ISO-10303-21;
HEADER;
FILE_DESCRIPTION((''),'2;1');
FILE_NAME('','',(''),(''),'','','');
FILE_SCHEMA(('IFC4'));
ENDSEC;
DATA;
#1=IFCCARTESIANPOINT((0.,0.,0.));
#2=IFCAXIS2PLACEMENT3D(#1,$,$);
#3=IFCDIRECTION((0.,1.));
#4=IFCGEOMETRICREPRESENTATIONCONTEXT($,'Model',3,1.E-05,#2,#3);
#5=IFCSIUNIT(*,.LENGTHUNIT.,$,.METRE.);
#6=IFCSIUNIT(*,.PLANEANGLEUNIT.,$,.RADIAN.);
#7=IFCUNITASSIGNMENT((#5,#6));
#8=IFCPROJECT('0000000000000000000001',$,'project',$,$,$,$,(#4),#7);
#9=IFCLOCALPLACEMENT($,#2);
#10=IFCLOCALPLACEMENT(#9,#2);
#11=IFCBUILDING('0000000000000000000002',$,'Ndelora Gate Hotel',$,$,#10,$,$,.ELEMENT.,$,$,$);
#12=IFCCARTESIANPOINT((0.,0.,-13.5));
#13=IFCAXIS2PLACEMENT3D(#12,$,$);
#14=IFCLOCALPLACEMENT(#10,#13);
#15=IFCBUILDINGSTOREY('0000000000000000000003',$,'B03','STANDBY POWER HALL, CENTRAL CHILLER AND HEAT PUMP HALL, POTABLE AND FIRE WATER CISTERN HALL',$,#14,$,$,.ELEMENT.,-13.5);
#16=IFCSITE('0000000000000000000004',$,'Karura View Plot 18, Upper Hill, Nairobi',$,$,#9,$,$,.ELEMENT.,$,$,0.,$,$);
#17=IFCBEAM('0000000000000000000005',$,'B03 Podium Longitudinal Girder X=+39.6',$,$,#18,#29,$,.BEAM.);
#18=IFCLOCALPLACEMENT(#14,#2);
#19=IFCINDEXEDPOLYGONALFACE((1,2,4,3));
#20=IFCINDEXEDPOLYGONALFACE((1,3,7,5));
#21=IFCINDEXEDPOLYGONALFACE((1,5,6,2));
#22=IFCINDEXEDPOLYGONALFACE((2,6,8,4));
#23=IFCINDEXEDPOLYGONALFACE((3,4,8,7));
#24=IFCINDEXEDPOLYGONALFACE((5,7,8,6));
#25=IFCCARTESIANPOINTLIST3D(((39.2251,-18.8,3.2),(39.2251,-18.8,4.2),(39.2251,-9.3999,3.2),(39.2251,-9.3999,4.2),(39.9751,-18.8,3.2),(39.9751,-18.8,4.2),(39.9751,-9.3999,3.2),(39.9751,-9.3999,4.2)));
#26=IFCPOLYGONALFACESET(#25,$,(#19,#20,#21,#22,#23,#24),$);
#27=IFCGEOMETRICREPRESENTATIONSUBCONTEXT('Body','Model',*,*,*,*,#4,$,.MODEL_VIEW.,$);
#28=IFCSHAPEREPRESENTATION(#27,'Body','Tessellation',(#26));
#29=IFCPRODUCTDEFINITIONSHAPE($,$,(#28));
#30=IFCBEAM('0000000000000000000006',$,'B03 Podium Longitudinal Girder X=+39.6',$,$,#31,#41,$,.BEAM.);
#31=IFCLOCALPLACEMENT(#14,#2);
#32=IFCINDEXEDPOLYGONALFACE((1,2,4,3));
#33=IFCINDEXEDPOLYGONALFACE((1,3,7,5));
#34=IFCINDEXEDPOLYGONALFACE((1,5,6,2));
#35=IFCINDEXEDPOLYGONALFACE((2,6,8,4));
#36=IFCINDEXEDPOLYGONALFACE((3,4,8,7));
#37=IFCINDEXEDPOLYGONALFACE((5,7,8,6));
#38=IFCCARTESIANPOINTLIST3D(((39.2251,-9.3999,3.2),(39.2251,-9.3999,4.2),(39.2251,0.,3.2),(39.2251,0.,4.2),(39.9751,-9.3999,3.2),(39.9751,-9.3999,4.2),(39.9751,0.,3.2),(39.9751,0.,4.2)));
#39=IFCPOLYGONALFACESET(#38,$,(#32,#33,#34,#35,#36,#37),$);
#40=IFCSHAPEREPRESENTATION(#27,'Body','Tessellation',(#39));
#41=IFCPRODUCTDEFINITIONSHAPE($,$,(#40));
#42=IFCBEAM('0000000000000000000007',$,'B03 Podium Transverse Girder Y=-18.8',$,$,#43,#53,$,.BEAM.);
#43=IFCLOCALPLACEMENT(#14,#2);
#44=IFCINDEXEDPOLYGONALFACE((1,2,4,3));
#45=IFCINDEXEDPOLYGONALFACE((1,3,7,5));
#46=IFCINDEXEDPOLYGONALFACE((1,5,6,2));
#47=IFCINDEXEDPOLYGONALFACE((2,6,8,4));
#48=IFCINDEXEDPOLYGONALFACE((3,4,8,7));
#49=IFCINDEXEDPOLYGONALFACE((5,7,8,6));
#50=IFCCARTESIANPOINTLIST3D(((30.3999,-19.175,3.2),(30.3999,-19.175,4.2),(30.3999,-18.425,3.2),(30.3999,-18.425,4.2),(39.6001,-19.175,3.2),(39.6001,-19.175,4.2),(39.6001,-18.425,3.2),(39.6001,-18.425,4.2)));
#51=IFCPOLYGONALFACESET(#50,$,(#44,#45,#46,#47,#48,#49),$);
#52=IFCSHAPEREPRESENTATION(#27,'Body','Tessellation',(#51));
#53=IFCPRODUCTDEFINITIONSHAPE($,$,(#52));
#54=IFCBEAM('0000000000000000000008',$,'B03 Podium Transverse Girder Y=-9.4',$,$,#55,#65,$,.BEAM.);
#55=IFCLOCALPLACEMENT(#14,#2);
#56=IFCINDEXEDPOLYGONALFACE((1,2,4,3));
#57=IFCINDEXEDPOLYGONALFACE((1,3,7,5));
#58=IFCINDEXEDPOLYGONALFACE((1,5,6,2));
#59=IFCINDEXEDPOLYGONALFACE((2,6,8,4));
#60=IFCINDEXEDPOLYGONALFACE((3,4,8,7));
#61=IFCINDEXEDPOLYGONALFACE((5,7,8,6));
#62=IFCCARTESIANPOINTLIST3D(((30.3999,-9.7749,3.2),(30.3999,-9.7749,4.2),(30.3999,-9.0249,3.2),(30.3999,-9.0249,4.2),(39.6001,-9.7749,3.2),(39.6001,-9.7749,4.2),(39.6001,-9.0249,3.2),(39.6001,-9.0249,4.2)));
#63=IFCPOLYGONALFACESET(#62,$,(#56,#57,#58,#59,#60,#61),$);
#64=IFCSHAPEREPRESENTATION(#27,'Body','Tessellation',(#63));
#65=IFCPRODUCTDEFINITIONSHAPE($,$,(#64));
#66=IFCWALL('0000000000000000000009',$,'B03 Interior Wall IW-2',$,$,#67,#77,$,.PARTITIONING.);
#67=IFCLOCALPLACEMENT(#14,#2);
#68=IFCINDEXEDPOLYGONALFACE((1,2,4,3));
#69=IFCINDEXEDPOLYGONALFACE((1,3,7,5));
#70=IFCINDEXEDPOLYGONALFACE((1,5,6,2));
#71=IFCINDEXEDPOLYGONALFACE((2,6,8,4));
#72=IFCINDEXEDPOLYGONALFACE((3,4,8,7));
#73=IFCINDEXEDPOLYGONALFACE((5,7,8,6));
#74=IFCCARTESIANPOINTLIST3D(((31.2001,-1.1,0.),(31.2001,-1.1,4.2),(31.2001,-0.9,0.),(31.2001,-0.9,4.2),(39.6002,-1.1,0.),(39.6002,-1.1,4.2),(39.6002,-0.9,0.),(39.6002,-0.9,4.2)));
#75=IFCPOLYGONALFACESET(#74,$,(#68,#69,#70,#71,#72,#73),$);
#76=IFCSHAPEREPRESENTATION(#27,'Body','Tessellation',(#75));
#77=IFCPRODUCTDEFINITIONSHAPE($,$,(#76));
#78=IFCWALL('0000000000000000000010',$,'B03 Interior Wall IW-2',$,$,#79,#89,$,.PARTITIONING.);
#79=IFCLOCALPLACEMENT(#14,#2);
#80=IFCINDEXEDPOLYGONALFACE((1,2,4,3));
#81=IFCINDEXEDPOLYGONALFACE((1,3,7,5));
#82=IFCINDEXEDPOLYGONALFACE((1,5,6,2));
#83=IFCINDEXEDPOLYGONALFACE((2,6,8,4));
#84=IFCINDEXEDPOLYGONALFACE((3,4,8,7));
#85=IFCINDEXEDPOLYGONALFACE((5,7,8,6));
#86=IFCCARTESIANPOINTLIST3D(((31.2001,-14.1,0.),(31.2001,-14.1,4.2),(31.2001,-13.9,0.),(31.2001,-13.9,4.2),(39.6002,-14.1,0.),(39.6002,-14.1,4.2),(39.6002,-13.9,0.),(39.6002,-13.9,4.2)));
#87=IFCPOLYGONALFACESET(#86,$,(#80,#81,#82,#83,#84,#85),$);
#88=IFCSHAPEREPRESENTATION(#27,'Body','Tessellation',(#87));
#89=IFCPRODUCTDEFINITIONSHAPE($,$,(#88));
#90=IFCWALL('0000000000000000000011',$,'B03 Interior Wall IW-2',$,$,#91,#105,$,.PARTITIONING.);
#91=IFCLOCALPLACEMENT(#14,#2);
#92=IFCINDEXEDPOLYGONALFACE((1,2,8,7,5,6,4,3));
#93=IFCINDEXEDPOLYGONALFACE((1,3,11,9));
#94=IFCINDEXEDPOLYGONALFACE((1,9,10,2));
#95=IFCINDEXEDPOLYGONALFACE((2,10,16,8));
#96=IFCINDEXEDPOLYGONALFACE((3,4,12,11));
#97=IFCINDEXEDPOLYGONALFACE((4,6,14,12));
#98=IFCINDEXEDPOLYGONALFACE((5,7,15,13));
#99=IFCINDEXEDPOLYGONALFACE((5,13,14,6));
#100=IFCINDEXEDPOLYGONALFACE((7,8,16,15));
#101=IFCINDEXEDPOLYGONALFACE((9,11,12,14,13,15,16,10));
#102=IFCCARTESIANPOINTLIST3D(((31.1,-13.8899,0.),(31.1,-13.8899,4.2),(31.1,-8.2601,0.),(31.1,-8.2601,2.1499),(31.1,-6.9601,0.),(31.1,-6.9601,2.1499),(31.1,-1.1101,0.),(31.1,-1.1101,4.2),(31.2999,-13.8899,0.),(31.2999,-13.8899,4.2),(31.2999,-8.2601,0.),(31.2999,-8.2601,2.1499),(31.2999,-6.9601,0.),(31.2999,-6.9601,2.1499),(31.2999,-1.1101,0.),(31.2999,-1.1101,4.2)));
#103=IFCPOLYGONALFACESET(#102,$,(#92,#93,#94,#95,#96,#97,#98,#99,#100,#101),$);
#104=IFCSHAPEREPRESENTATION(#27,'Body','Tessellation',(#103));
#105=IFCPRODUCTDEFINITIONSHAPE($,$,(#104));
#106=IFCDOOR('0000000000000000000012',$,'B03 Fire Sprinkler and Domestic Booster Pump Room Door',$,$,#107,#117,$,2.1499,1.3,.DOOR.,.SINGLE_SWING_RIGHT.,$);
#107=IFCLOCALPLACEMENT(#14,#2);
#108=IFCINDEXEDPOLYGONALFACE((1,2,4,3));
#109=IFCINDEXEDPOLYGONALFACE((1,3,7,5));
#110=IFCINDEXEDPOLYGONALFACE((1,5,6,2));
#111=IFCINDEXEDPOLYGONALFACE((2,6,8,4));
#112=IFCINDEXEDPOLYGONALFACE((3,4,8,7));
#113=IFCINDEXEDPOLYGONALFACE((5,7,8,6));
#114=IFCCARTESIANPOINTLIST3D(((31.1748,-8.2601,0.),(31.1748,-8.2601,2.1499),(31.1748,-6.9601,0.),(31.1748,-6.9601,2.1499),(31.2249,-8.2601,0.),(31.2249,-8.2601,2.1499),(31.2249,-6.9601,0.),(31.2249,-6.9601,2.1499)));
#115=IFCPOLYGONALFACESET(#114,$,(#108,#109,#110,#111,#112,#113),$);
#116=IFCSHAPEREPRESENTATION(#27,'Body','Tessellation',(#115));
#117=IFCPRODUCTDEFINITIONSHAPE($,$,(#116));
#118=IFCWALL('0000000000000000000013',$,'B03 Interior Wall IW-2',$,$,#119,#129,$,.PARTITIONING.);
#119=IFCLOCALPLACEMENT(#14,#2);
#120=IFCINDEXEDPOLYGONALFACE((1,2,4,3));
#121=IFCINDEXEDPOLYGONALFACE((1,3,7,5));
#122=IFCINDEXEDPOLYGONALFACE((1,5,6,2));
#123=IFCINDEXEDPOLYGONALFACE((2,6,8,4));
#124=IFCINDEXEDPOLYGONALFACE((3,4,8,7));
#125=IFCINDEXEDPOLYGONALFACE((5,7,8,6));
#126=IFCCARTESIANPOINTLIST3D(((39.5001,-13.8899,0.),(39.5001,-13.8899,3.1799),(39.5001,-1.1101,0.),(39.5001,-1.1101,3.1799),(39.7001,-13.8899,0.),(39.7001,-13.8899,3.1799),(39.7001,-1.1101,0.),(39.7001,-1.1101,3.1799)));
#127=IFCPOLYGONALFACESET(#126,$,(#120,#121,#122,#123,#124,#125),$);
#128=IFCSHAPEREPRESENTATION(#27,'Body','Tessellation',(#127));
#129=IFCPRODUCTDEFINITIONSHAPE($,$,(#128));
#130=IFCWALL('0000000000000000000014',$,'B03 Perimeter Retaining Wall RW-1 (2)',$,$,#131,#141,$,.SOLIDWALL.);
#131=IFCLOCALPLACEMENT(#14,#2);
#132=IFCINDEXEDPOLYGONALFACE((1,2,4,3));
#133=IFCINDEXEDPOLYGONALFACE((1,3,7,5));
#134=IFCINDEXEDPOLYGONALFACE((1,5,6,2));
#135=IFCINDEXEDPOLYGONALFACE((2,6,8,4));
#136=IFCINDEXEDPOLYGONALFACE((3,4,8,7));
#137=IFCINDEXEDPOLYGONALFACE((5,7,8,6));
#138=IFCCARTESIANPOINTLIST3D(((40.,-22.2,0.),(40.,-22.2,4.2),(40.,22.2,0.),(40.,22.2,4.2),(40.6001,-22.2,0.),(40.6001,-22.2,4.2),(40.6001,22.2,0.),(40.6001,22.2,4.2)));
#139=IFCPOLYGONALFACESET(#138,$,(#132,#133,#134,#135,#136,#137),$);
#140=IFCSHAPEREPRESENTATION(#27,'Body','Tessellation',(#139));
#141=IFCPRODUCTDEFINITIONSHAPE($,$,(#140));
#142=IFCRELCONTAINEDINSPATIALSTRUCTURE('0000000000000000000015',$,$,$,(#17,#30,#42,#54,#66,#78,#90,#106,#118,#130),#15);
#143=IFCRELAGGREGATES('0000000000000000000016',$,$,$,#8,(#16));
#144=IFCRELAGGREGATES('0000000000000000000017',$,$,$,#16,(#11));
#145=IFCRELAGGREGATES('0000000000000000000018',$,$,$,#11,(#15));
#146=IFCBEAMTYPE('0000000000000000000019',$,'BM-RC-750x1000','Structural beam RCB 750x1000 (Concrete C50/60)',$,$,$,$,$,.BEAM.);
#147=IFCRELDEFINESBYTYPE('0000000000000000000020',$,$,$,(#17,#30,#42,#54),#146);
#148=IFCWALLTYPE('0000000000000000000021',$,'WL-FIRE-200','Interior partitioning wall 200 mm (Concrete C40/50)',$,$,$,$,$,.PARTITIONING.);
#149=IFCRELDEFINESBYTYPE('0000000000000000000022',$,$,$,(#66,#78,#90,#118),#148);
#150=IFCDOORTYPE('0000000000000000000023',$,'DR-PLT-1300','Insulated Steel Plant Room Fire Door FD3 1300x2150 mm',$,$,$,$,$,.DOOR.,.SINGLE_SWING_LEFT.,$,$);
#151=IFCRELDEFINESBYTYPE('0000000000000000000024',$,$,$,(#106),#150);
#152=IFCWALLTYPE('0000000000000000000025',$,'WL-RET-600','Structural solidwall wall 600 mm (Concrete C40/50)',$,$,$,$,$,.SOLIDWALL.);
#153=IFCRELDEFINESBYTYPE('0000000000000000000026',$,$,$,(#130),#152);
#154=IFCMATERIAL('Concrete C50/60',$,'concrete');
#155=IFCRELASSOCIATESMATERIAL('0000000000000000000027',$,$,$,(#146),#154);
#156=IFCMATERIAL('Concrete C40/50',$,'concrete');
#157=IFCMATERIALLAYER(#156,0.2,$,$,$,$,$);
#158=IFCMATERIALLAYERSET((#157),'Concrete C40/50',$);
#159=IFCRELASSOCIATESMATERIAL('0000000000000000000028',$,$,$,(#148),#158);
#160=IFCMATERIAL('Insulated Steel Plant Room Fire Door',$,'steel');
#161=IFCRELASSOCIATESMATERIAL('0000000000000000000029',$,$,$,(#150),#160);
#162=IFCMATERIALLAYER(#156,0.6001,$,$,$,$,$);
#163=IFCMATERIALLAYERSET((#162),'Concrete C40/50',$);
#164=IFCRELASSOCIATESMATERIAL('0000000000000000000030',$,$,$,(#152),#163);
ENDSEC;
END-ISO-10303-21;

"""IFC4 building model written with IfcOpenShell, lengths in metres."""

from ifc_helpers import new_model, si_unit, direction, frame, frame_2d, origin, origin_2d, place, context, subcontext, project, spatial, rectangle, extrude, material, layer, layer_set, material_profile, profile_set, type_object, element, fill, save


model = new_model("IFC4")

# Units and contexts
model_context = context("Model", 3, precision=1e-05, world=origin(), true_north=direction((0.0, 1.0)))
body_context = subcontext(model_context, "Body", "Model", "MODEL_VIEW")
ifc_project = project(units=[si_unit("LENGTHUNIT", "METRE"), si_unit("PLANEANGLEUNIT", "RADIAN")], contexts=[model_context])

# Site, building, storey
site_placement = place(None, origin())
site = spatial("IfcSite", under=ifc_project, at=site_placement, Name="Karura View Plot 18, Upper Hill, Nairobi", CompositionType="ELEMENT", RefElevation=0.0)
building_placement = place(site_placement, origin())
building = spatial("IfcBuilding", under=site, at=building_placement, Name="Ndelora Gate Hotel", CompositionType="ELEMENT")
storey_placement = place(building_placement, frame((0.0, 0.0, -13.5)))
storey = spatial("IfcBuildingStorey", under=building, at=storey_placement, Name="B03", Description="STANDBY POWER HALL, CENTRAL CHILLER AND HEAT PUMP HALL, POTABLE AND FIRE WATER CISTERN HALL", CompositionType="ELEMENT", Elevation=-13.5)

# Shared definitions
ifc_material_1 = material(Name="Concrete C50/60", Category="concrete")
ifc_material_2 = material(Name="Concrete C40/50", Category="concrete")

# Beams
ifc_material_profile_1 = material_profile(ifc_material_1, rectangle(XDim=0.75, YDim=1.0, at=origin_2d()), Name="RCB 750x1000")
ifc_profile_set_1 = profile_set([ifc_material_profile_1], Name="Concrete C50/60")
beam_type = type_object("IfcBeamType", Name="BM-RC-750x1000", Description="Structural beam RCB 750x1000 (Concrete C50/60)", PredefinedType="BEAM", material=ifc_profile_set_1)
beam_1_placement = place(storey_placement, frame((39.6001, -18.8, 3.7), z_axis=(0.0, 1.0, 0.0), x_axis=(-1.0, 0.0, 0.0)))
element("IfcBeam", 1, at=beam_1_placement, inside=storey, type_object=beam_type, Name="B03 Podium Longitudinal Girder X=+39.6", PredefinedType="BEAM", context=body_context, shape_type="SweptSolid", body=[
    extrude(rectangle(XDim=0.75, YDim=1.0, at=origin_2d()), origin(), (0.0, 0.0, 1.0), 9.4001),
])
beam_2_placement = place(storey_placement, frame((39.6001, -9.3999, 3.7), z_axis=(0.0, 1.0, 0.0), x_axis=(-1.0, 0.0, 0.0)))
element("IfcBeam", 2, at=beam_2_placement, inside=storey, type_object=beam_type, Name="B03 Podium Longitudinal Girder X=+39.6", PredefinedType="BEAM", context=body_context, shape_type="SweptSolid", body=[
    extrude(rectangle(XDim=0.75, YDim=1.0, at=origin_2d()), origin(), (0.0, 0.0, 1.0), 9.3999),
])
for number, where, z_axis, x_axis, name in (
    (3, (30.3999, -18.8, 3.7), (1.0, 0.0, 0.0), (0.0, 1.0, 0.0), "B03 Podium Transverse Girder Y=-18.8"),
    (4, (30.3999, -9.3999, 3.7), (1.0, 0.0, 0.0), (0.0, 1.0, 0.0), "B03 Podium Transverse Girder Y=-9.4"),
):
    element("IfcBeam", number, at=place(storey_placement, frame(where, z_axis=z_axis, x_axis=x_axis)), inside=storey, type_object=beam_type, Name=name, PredefinedType="BEAM", context=body_context, shape_type="SweptSolid", body=[
        extrude(rectangle(XDim=0.75, YDim=1.0, at=origin_2d()), origin(), (0.0, 0.0, 1.0), 9.2002),
    ])

# Walls
ifc_layer_1 = layer(ifc_material_2, 0.2)
ifc_layer_set_1 = layer_set([ifc_layer_1], Name="Concrete C40/50")
wall_type_1 = type_object("IfcWallType", Name="WL-FIRE-200", Description="Interior partitioning wall 200 mm (Concrete C40/50)", PredefinedType="PARTITIONING", material=ifc_layer_set_1)
for number, where, z_axis, x_axis, name in (
    (5, (31.2, -1.0, 0.0), (0.0, 0.0, 1.0), (1.0, 0.0, 0.0), "B03 Interior Wall IW-2"),
    (6, (31.2, -14.0, 0.0), (0.0, 0.0, 1.0), (1.0, 0.0, 0.0), "B03 Interior Wall IW-2"),
):
    element("IfcWall", number, at=place(storey_placement, frame(where, z_axis=z_axis, x_axis=x_axis)), inside=storey, type_object=wall_type_1, Name=name, PredefinedType="PARTITIONING", context=body_context, shape_type="SweptSolid", body=[
        extrude(rectangle(XDim=8.4001, YDim=0.2, at=frame_2d((4.2002, 0.0))), origin(), (0.0, 0.0, 1.0), 4.2),
    ])

# Wall, opening, door
wall_1_placement = place(storey_placement, frame((31.2, -1.1101, 0.0), z_axis=(0.0, 0.0, 1.0), x_axis=(0.0, -1.0, 0.0)))
wall_1 = element("IfcWall", 7, at=wall_1_placement, inside=storey, type_object=wall_type_1, Name="B03 Interior Wall IW-2", PredefinedType="PARTITIONING", context=body_context, shape_type="SweptSolid", body=[
    extrude(rectangle(XDim=12.7798, YDim=0.2, at=frame_2d((6.3899, 0.0))), origin(), (0.0, 0.0, 1.0), 4.2),
])
opening_placement = place(wall_1_placement, frame((5.8501, 0.0, 0.0)))
opening = element("IfcOpeningElement", 8, at=opening_placement, cuts=wall_1, PredefinedType="OPENING", context=body_context, shape_type="SweptSolid", body=[
    extrude(rectangle(XDim=1.3, YDim=2.1499, at=frame_2d((0.6499, 1.075))), frame((0.0, 0.1099, 0.0), z_axis=(0.0, -1.0, 0.0), x_axis=(1.0, 0.0, 0.0)), (0.0, 0.0, 1.0), 0.22),
])
ifc_material_3 = material(Name="Insulated Steel Plant Room Fire Door", Category="steel")
door_type = type_object("IfcDoorType", Name="DR-PLT-1300", Description="Insulated Steel Plant Room Fire Door FD3 1300x2150 mm", OperationType="SINGLE_SWING_LEFT", PredefinedType="DOOR", material=ifc_material_3)
door_placement = place(opening_placement, origin())
door = element("IfcDoor", 9, at=door_placement, inside=storey, type_object=door_type, Name="B03 Fire Sprinkler and Domestic Booster Pump Room Door", OperationType="SINGLE_SWING_RIGHT", OverallHeight=2.1499, OverallWidth=1.3, PredefinedType="DOOR", context=body_context, shape_type="SweptSolid", body=[
    extrude(rectangle(XDim=1.3, YDim=2.1499, at=frame_2d((0.6499, 1.075))), frame((0.0, 0.0249, 0.0), z_axis=(0.0, -1.0, 0.0), x_axis=(1.0, 0.0, 0.0)), (0.0, 0.0, 1.0), 0.05),
])
fill(opening, door)

# Walls
wall_2_placement = place(storey_placement, frame((39.6001, -13.8899, 0.0), z_axis=(0.0, 0.0, 1.0), x_axis=(0.0, 1.0, 0.0)))
element("IfcWall", 10, at=wall_2_placement, inside=storey, type_object=wall_type_1, Name="B03 Interior Wall IW-2", PredefinedType="PARTITIONING", context=body_context, shape_type="SweptSolid", body=[
    extrude(rectangle(XDim=12.7798, YDim=0.2, at=frame_2d((6.3899, 0.0))), origin(), (0.0, 0.0, 1.0), 3.1799),
])
ifc_layer_2 = layer(ifc_material_2, 0.6001)
ifc_layer_set_2 = layer_set([ifc_layer_2], Name="Concrete C40/50")
wall_type_2 = type_object("IfcWallType", Name="WL-RET-600", Description="Structural solidwall wall 600 mm (Concrete C40/50)", PredefinedType="SOLIDWALL", material=ifc_layer_set_2)
wall_3_placement = place(storey_placement, frame((40.3, -22.2, 0.0), z_axis=(0.0, 0.0, 1.0), x_axis=(0.0, 1.0, 0.0)))
element("IfcWall", 11, at=wall_3_placement, inside=storey, type_object=wall_type_2, Name="B03 Perimeter Retaining Wall RW-1 (2)", PredefinedType="SOLIDWALL", context=body_context, shape_type="SweptSolid", body=[
    extrude(rectangle(XDim=44.3999, YDim=0.6001, at=frame_2d((22.2, 0.0))), origin(), (0.0, 0.0, 1.0), 4.2),
])

save(model, "model.ifc")
